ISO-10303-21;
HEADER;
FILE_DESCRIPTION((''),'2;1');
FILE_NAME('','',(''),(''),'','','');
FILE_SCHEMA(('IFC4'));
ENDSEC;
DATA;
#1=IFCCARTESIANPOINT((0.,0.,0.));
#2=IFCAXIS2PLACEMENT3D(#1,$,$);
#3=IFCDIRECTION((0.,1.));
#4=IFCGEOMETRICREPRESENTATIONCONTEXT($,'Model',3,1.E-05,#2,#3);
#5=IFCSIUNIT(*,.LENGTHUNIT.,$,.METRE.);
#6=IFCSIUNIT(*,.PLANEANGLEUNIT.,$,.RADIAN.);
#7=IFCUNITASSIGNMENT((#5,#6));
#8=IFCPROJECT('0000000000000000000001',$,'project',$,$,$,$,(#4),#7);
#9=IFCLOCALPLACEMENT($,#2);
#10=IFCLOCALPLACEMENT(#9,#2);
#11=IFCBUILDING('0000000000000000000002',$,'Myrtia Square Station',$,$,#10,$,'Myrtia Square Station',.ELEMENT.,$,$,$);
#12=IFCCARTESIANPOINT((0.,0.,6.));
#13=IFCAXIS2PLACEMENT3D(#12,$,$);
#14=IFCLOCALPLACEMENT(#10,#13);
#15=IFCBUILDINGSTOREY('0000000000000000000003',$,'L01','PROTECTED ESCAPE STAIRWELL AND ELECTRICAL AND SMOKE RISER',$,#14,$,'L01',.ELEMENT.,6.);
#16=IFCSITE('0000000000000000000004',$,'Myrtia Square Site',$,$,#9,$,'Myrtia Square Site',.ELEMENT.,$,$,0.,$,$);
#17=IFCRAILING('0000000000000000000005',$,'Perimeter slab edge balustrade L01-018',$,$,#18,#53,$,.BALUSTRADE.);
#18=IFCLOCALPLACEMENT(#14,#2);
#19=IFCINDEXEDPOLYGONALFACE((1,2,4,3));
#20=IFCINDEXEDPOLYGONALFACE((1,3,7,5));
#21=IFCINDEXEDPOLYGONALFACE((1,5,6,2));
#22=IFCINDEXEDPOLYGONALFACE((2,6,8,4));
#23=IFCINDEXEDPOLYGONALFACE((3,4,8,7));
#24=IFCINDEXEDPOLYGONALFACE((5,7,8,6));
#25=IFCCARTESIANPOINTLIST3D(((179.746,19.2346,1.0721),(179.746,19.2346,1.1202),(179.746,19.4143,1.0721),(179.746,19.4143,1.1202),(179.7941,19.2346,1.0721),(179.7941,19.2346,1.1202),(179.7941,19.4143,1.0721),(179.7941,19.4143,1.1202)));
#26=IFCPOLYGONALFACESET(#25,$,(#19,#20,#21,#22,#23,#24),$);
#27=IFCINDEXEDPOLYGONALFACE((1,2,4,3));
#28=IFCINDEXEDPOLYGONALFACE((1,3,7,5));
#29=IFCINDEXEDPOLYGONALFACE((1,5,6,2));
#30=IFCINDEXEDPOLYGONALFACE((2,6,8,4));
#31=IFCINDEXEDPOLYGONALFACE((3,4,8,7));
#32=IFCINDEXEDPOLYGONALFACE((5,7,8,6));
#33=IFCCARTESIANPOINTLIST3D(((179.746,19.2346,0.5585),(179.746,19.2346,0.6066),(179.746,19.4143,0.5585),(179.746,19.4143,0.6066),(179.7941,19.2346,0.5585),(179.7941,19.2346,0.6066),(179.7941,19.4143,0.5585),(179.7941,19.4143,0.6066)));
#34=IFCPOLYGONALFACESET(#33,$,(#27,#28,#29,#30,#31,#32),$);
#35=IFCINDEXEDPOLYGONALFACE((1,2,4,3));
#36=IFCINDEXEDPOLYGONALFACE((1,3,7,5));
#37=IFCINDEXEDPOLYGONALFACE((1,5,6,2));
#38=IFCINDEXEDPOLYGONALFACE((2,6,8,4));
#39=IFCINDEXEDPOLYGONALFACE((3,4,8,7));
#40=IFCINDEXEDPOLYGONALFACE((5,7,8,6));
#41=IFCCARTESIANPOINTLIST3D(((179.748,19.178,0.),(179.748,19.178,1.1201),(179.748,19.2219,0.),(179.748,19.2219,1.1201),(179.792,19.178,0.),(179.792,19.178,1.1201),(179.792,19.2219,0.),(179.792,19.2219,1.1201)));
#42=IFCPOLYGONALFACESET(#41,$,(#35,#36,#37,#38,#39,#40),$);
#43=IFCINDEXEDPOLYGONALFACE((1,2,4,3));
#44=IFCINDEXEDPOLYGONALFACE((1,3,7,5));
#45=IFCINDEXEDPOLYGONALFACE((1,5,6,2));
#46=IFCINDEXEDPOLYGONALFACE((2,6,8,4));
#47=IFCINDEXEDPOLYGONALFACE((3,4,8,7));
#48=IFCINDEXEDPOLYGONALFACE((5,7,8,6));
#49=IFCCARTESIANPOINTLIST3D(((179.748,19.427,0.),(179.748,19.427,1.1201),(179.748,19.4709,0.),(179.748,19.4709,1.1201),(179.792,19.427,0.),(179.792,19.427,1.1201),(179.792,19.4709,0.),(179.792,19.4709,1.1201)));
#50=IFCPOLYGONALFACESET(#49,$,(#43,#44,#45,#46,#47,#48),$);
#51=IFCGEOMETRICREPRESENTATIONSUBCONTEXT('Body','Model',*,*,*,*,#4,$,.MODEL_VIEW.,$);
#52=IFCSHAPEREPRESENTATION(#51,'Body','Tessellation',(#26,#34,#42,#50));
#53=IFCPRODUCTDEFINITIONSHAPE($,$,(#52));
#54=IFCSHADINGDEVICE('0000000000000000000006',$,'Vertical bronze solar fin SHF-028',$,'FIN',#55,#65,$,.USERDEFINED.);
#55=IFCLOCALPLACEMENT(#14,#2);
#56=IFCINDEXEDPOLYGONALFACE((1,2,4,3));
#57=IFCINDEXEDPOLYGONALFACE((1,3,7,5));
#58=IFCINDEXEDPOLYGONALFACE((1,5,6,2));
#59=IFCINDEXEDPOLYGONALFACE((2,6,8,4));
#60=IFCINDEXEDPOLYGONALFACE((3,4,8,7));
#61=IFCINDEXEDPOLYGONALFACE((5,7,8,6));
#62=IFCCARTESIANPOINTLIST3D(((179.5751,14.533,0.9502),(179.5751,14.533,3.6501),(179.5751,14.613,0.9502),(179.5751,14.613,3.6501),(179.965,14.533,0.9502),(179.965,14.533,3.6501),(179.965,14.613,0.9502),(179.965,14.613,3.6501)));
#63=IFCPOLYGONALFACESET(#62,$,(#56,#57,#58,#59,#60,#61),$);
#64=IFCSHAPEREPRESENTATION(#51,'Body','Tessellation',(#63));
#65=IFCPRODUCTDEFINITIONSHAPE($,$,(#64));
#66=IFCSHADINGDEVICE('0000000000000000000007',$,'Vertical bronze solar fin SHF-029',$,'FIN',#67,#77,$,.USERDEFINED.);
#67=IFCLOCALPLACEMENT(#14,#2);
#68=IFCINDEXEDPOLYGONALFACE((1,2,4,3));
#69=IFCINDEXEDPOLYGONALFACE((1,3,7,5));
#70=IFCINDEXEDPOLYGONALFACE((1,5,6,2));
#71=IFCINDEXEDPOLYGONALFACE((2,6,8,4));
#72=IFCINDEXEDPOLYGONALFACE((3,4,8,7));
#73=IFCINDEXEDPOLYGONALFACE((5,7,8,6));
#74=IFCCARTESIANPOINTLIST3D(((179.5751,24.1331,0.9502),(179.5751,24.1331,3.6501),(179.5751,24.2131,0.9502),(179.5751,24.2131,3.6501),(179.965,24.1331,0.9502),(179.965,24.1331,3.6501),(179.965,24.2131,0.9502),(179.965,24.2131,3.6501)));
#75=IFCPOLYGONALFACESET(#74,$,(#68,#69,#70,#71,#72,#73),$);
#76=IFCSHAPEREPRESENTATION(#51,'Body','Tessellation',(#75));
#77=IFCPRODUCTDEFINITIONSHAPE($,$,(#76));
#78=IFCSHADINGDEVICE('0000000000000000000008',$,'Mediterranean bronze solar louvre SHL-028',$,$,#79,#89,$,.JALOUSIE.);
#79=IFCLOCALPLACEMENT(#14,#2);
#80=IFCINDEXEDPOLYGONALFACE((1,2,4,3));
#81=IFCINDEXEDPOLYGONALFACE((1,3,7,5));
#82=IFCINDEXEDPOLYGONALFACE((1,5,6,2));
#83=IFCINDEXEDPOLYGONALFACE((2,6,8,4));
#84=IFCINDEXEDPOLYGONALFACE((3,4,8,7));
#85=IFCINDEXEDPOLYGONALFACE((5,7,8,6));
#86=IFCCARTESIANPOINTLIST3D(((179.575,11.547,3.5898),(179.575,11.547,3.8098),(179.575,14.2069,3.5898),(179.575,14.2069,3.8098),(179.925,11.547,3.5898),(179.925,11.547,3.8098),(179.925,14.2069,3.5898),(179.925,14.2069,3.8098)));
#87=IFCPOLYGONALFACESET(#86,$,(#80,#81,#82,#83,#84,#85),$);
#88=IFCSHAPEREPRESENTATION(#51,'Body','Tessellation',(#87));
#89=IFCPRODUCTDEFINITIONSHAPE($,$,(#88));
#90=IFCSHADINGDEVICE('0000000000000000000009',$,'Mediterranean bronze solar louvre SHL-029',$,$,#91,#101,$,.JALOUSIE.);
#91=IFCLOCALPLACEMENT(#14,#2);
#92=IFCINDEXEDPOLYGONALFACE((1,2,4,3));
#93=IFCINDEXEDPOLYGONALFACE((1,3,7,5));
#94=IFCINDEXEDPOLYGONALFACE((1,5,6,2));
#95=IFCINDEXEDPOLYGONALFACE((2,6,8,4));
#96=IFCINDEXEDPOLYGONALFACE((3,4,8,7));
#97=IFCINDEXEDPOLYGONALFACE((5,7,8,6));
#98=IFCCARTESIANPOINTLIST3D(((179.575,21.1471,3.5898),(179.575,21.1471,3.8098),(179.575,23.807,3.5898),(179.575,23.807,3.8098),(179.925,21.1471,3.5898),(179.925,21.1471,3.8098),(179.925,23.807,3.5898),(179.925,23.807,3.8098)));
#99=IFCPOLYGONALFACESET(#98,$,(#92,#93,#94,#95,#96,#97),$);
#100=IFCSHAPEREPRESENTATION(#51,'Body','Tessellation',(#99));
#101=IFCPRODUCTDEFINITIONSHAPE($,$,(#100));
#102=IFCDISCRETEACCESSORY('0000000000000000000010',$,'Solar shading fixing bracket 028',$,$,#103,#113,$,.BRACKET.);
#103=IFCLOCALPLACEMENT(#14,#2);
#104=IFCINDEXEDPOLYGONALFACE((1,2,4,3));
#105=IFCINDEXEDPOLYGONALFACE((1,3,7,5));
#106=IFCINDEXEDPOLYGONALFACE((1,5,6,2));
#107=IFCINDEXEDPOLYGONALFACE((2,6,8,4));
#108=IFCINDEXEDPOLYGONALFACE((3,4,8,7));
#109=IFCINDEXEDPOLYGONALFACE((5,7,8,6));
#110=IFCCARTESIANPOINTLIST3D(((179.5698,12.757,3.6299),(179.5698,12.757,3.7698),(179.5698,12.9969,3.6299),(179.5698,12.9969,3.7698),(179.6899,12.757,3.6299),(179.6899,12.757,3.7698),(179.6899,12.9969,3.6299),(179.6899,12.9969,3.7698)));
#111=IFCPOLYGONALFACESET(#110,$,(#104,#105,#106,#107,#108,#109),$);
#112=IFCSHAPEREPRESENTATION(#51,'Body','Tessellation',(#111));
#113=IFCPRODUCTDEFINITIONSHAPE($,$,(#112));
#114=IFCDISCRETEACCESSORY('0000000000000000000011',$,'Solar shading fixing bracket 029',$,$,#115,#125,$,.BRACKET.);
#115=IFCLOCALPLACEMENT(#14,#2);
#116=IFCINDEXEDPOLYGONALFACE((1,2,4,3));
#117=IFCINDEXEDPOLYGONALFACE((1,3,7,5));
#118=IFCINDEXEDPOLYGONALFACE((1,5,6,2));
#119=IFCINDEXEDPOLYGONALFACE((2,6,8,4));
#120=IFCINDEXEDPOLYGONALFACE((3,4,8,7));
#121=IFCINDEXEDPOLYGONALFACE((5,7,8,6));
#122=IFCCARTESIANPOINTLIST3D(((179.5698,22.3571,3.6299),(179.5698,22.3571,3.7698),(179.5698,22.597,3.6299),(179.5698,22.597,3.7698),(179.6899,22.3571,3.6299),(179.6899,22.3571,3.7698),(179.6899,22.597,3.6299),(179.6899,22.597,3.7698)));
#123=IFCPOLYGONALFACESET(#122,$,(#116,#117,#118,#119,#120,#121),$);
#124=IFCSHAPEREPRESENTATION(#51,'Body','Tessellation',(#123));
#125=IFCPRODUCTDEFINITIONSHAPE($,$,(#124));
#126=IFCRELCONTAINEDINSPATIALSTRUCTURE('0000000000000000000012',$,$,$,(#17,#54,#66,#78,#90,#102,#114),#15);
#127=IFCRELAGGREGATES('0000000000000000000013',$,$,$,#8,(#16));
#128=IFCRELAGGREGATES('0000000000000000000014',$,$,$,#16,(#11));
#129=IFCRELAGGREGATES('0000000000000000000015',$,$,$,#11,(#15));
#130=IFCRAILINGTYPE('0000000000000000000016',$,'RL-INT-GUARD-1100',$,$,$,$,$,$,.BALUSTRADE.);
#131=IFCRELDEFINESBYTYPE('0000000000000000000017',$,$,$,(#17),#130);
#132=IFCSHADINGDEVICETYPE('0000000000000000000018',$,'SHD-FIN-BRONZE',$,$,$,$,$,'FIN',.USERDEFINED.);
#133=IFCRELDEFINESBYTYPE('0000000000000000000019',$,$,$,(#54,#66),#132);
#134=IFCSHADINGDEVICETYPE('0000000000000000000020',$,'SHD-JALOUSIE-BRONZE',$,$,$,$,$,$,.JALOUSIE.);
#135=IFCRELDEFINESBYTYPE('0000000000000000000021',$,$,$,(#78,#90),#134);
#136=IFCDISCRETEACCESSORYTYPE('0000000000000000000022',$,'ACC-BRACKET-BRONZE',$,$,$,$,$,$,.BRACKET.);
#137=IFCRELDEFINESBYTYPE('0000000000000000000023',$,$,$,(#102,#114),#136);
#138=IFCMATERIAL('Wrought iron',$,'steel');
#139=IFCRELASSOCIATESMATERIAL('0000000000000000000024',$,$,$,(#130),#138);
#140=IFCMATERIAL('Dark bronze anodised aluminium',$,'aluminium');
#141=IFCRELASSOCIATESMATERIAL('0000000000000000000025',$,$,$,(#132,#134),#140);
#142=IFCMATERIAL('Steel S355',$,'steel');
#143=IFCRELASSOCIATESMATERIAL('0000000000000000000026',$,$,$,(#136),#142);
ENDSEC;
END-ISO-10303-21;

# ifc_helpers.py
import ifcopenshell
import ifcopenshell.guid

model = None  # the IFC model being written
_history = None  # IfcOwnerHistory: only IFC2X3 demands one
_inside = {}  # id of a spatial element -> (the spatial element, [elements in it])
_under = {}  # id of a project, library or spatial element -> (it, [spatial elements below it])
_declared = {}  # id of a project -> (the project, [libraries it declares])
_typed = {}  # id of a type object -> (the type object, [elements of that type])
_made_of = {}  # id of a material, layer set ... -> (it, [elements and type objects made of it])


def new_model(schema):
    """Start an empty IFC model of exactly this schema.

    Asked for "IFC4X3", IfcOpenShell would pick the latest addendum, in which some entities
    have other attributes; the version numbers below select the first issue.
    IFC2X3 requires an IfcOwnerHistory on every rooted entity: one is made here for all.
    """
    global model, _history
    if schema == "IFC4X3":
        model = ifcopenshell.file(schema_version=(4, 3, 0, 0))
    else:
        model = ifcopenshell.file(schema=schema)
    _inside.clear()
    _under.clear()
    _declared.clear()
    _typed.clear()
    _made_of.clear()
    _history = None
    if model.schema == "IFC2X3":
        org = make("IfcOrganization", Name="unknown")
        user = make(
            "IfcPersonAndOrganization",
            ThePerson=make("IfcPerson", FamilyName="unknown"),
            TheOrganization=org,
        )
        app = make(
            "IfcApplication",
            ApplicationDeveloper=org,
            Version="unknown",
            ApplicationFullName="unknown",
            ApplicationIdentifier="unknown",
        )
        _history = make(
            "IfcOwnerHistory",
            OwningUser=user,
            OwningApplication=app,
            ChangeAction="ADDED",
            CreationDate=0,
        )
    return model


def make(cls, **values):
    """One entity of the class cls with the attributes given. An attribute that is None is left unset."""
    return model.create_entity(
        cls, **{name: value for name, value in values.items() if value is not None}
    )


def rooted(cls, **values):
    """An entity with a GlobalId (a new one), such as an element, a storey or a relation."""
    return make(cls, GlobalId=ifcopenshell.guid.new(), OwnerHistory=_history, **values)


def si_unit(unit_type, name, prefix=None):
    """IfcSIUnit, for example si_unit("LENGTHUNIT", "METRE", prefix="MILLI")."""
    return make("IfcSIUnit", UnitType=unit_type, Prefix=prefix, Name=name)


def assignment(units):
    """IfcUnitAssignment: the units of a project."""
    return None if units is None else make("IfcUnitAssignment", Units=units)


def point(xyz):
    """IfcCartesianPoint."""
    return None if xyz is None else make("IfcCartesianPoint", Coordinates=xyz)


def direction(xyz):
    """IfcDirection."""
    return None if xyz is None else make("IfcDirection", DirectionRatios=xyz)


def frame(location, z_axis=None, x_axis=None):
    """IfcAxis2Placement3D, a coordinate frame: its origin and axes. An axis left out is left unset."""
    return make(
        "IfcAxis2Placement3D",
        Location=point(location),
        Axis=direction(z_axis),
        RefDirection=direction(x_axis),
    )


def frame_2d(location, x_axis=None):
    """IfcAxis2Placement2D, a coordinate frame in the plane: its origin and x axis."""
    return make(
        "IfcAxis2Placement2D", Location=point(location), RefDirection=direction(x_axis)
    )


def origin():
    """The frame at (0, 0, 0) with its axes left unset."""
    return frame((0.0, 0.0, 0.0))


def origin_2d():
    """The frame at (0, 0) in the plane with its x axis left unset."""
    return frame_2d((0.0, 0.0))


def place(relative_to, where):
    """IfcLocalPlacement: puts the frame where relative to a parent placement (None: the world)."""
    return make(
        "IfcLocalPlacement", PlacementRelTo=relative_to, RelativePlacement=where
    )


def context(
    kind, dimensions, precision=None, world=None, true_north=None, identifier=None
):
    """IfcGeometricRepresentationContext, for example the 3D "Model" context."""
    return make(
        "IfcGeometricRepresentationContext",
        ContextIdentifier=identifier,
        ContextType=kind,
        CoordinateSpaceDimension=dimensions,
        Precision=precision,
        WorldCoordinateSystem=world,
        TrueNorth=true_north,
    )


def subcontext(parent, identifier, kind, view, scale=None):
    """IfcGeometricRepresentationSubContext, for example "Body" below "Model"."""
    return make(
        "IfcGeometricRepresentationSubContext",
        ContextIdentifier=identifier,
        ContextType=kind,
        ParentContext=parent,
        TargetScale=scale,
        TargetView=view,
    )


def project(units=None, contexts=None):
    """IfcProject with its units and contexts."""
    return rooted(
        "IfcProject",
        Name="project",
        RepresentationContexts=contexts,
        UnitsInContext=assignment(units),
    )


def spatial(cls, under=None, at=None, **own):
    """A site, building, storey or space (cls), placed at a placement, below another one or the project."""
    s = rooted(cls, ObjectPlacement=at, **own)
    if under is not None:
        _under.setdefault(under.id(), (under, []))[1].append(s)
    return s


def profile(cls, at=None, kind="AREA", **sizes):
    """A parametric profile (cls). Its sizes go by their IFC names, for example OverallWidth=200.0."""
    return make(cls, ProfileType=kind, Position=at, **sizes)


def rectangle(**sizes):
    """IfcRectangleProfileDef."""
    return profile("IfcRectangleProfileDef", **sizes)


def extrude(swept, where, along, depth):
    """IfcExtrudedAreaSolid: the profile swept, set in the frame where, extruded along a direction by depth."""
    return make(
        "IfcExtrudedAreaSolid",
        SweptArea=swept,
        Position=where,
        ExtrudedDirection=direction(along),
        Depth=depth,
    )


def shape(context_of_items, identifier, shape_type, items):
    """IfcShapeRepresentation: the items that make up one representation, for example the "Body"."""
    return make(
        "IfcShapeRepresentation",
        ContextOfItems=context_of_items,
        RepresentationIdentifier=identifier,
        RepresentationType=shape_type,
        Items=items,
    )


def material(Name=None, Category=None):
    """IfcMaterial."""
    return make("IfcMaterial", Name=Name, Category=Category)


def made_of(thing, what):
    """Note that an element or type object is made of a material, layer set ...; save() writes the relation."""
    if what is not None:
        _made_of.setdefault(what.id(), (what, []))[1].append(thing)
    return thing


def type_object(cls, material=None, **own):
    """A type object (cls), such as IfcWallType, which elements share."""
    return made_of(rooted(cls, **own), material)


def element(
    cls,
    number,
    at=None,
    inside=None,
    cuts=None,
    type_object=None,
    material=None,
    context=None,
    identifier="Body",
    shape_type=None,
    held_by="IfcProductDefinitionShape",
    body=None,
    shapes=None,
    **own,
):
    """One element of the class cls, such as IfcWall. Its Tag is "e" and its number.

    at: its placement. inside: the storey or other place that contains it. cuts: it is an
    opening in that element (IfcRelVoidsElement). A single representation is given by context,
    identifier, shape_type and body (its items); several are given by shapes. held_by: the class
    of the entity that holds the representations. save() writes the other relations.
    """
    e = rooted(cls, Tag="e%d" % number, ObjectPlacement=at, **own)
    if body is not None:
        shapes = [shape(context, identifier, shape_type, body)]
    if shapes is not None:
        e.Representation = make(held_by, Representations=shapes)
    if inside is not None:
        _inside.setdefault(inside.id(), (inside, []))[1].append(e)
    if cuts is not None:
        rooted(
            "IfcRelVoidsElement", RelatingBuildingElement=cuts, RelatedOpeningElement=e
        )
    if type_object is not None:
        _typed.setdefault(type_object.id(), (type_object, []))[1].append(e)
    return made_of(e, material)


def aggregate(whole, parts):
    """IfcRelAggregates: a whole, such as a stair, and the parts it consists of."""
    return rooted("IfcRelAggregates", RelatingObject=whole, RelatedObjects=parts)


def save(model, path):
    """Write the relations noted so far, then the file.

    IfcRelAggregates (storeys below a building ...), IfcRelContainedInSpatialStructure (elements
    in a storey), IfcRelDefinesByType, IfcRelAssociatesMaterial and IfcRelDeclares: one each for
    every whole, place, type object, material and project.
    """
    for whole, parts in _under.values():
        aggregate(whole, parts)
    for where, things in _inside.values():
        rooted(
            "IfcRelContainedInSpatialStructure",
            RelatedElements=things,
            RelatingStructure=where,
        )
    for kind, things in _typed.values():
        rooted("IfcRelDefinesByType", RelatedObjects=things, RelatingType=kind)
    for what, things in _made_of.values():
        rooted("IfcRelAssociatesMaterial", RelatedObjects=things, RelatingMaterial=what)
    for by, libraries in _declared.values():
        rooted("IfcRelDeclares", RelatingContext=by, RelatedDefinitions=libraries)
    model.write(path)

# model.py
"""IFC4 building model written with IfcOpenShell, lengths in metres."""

from ifc_helpers import new_model, si_unit, direction, frame, origin, origin_2d, place, context, subcontext, project, spatial, rectangle, extrude, material, type_object, element, save


model = new_model("IFC4")

# Units and contexts
model_context = context("Model", 3, precision=1e-05, world=origin(), true_north=direction((0.0, 1.0)))
body_context = subcontext(model_context, "Body", "Model", "MODEL_VIEW")
ifc_project = project(units=[si_unit("LENGTHUNIT", "METRE"), si_unit("PLANEANGLEUNIT", "RADIAN")], contexts=[model_context])

# Site, building, storey
site_placement = place(None, origin())
site = spatial("IfcSite", under=ifc_project, at=site_placement, Name="Myrtia Square Site", LongName="Myrtia Square Site", CompositionType="ELEMENT", RefElevation=0.0)
building_placement = place(site_placement, origin())
building = spatial("IfcBuilding", under=site, at=building_placement, Name="Myrtia Square Station", LongName="Myrtia Square Station", CompositionType="ELEMENT")
storey_placement = place(building_placement, frame((0.0, 0.0, 6.0)))
storey = spatial("IfcBuildingStorey", under=building, at=storey_placement, Name="L01", Description="PROTECTED ESCAPE STAIRWELL AND ELECTRICAL AND SMOKE RISER", LongName="L01", CompositionType="ELEMENT", Elevation=6.0)

# Shared definitions
ifc_material_1 = material(Name="Steel S355", Category="steel")

# Railing
ifc_material_2 = material(Name="Wrought iron", Category="steel")
railing_type = type_object("IfcRailingType", Name="RL-INT-GUARD-1100", PredefinedType="BALUSTRADE", material=ifc_material_2)
railing_1_placement = place(storey_placement, frame((179.77, 19.2, 0.0)))
element("IfcRailing", 1, at=railing_1_placement, inside=storey, type_object=railing_type, Name="Perimeter slab edge balustrade L01-018", PredefinedType="BALUSTRADE", context=body_context, shape_type="SweptSolid", body=[
    extrude(rectangle(XDim=0.0481, YDim=0.0481, at=origin_2d()), frame((0.0, 0.0347, 1.0962), z_axis=(0.0, 1.0, 0.0), x_axis=(-1.0, 0.0, 0.0)), (0.0, 0.0, 1.0), 0.1797),
    extrude(rectangle(XDim=0.0481, YDim=0.0481, at=origin_2d()), frame((0.0, 0.0347, 0.5825), z_axis=(0.0, 1.0, 0.0), x_axis=(-1.0, 0.0, 0.0)), (0.0, 0.0, 1.0), 0.1797),
    extrude(rectangle(XDim=0.0439, YDim=0.0439, at=origin_2d()), origin(), (0.0, 0.0, 1.0), 1.1201),
    extrude(rectangle(XDim=0.0439, YDim=0.0439, at=origin_2d()), frame((0.0, 0.249, 0.0)), (0.0, 0.0, 1.0), 1.1201),
])

# Shading devices
ifc_material_3 = material(Name="Dark bronze anodised aluminium", Category="aluminium")
shading_device_type_1 = type_object("IfcShadingDeviceType", Name="SHD-FIN-BRONZE", ElementType="FIN", PredefinedType="USERDEFINED", material=ifc_material_3)
for number, where, z_axis, x_axis, name in (
    (2, (179.77, 14.573, 0.9502), (0.0, 0.0, 1.0), (0.0, 1.0, 0.0), "Vertical bronze solar fin SHF-028"),
    (3, (179.77, 24.1731, 0.9502), (0.0, 0.0, 1.0), (0.0, 1.0, 0.0), "Vertical bronze solar fin SHF-029"),
):
    element("IfcShadingDevice", number, at=place(storey_placement, frame(where, z_axis=z_axis, x_axis=x_axis)), inside=storey, type_object=shading_device_type_1, Name=name, ObjectType="FIN", PredefinedType="USERDEFINED", context=body_context, shape_type="SweptSolid", body=[
        extrude(rectangle(XDim=0.0801, YDim=0.3899, at=origin_2d()), origin(), (0.0, 0.0, 1.0), 2.7),
    ])
shading_device_type_2 = type_object("IfcShadingDeviceType", Name="SHD-JALOUSIE-BRONZE", PredefinedType="JALOUSIE", material=ifc_material_3)
for number, where, z_axis, x_axis, name in (
    (4, (179.75, 12.877, 3.5898), (0.0, 0.0, 1.0), (0.0, 1.0, 0.0), "Mediterranean bronze solar louvre SHL-028"),
    (5, (179.75, 22.4771, 3.5898), (0.0, 0.0, 1.0), (0.0, 1.0, 0.0), "Mediterranean bronze solar louvre SHL-029"),
):
    element("IfcShadingDevice", number, at=place(storey_placement, frame(where, z_axis=z_axis, x_axis=x_axis)), inside=storey, type_object=shading_device_type_2, Name=name, PredefinedType="JALOUSIE", context=body_context, shape_type="SweptSolid", body=[
        extrude(rectangle(XDim=2.6599, YDim=0.3501, at=origin_2d()), origin(), (0.0, 0.0, 1.0), 0.22),
    ])

# Discrete accessories
discrete_accessory_type = type_object("IfcDiscreteAccessoryType", Name="ACC-BRACKET-BRONZE", PredefinedType="BRACKET", material=ifc_material_1)
for number, where, z_axis, x_axis, name in (
    (6, (179.6299, 12.877, 3.6299), (0.0, 0.0, 1.0), (0.0, 1.0, 0.0), "Solar shading fixing bracket 028"),
    (7, (179.6299, 22.4771, 3.6299), (0.0, 0.0, 1.0), (0.0, 1.0, 0.0), "Solar shading fixing bracket 029"),
):
    element("IfcDiscreteAccessory", number, at=place(storey_placement, frame(where, z_axis=z_axis, x_axis=x_axis)), inside=storey, type_object=discrete_accessory_type, Name=name, PredefinedType="BRACKET", context=body_context, shape_type="SweptSolid", body=[
        extrude(rectangle(XDim=0.24, YDim=0.1201, at=origin_2d()), origin(), (0.0, 0.0, 1.0), 0.1399),
    ])

save(model, "model.ifc")
